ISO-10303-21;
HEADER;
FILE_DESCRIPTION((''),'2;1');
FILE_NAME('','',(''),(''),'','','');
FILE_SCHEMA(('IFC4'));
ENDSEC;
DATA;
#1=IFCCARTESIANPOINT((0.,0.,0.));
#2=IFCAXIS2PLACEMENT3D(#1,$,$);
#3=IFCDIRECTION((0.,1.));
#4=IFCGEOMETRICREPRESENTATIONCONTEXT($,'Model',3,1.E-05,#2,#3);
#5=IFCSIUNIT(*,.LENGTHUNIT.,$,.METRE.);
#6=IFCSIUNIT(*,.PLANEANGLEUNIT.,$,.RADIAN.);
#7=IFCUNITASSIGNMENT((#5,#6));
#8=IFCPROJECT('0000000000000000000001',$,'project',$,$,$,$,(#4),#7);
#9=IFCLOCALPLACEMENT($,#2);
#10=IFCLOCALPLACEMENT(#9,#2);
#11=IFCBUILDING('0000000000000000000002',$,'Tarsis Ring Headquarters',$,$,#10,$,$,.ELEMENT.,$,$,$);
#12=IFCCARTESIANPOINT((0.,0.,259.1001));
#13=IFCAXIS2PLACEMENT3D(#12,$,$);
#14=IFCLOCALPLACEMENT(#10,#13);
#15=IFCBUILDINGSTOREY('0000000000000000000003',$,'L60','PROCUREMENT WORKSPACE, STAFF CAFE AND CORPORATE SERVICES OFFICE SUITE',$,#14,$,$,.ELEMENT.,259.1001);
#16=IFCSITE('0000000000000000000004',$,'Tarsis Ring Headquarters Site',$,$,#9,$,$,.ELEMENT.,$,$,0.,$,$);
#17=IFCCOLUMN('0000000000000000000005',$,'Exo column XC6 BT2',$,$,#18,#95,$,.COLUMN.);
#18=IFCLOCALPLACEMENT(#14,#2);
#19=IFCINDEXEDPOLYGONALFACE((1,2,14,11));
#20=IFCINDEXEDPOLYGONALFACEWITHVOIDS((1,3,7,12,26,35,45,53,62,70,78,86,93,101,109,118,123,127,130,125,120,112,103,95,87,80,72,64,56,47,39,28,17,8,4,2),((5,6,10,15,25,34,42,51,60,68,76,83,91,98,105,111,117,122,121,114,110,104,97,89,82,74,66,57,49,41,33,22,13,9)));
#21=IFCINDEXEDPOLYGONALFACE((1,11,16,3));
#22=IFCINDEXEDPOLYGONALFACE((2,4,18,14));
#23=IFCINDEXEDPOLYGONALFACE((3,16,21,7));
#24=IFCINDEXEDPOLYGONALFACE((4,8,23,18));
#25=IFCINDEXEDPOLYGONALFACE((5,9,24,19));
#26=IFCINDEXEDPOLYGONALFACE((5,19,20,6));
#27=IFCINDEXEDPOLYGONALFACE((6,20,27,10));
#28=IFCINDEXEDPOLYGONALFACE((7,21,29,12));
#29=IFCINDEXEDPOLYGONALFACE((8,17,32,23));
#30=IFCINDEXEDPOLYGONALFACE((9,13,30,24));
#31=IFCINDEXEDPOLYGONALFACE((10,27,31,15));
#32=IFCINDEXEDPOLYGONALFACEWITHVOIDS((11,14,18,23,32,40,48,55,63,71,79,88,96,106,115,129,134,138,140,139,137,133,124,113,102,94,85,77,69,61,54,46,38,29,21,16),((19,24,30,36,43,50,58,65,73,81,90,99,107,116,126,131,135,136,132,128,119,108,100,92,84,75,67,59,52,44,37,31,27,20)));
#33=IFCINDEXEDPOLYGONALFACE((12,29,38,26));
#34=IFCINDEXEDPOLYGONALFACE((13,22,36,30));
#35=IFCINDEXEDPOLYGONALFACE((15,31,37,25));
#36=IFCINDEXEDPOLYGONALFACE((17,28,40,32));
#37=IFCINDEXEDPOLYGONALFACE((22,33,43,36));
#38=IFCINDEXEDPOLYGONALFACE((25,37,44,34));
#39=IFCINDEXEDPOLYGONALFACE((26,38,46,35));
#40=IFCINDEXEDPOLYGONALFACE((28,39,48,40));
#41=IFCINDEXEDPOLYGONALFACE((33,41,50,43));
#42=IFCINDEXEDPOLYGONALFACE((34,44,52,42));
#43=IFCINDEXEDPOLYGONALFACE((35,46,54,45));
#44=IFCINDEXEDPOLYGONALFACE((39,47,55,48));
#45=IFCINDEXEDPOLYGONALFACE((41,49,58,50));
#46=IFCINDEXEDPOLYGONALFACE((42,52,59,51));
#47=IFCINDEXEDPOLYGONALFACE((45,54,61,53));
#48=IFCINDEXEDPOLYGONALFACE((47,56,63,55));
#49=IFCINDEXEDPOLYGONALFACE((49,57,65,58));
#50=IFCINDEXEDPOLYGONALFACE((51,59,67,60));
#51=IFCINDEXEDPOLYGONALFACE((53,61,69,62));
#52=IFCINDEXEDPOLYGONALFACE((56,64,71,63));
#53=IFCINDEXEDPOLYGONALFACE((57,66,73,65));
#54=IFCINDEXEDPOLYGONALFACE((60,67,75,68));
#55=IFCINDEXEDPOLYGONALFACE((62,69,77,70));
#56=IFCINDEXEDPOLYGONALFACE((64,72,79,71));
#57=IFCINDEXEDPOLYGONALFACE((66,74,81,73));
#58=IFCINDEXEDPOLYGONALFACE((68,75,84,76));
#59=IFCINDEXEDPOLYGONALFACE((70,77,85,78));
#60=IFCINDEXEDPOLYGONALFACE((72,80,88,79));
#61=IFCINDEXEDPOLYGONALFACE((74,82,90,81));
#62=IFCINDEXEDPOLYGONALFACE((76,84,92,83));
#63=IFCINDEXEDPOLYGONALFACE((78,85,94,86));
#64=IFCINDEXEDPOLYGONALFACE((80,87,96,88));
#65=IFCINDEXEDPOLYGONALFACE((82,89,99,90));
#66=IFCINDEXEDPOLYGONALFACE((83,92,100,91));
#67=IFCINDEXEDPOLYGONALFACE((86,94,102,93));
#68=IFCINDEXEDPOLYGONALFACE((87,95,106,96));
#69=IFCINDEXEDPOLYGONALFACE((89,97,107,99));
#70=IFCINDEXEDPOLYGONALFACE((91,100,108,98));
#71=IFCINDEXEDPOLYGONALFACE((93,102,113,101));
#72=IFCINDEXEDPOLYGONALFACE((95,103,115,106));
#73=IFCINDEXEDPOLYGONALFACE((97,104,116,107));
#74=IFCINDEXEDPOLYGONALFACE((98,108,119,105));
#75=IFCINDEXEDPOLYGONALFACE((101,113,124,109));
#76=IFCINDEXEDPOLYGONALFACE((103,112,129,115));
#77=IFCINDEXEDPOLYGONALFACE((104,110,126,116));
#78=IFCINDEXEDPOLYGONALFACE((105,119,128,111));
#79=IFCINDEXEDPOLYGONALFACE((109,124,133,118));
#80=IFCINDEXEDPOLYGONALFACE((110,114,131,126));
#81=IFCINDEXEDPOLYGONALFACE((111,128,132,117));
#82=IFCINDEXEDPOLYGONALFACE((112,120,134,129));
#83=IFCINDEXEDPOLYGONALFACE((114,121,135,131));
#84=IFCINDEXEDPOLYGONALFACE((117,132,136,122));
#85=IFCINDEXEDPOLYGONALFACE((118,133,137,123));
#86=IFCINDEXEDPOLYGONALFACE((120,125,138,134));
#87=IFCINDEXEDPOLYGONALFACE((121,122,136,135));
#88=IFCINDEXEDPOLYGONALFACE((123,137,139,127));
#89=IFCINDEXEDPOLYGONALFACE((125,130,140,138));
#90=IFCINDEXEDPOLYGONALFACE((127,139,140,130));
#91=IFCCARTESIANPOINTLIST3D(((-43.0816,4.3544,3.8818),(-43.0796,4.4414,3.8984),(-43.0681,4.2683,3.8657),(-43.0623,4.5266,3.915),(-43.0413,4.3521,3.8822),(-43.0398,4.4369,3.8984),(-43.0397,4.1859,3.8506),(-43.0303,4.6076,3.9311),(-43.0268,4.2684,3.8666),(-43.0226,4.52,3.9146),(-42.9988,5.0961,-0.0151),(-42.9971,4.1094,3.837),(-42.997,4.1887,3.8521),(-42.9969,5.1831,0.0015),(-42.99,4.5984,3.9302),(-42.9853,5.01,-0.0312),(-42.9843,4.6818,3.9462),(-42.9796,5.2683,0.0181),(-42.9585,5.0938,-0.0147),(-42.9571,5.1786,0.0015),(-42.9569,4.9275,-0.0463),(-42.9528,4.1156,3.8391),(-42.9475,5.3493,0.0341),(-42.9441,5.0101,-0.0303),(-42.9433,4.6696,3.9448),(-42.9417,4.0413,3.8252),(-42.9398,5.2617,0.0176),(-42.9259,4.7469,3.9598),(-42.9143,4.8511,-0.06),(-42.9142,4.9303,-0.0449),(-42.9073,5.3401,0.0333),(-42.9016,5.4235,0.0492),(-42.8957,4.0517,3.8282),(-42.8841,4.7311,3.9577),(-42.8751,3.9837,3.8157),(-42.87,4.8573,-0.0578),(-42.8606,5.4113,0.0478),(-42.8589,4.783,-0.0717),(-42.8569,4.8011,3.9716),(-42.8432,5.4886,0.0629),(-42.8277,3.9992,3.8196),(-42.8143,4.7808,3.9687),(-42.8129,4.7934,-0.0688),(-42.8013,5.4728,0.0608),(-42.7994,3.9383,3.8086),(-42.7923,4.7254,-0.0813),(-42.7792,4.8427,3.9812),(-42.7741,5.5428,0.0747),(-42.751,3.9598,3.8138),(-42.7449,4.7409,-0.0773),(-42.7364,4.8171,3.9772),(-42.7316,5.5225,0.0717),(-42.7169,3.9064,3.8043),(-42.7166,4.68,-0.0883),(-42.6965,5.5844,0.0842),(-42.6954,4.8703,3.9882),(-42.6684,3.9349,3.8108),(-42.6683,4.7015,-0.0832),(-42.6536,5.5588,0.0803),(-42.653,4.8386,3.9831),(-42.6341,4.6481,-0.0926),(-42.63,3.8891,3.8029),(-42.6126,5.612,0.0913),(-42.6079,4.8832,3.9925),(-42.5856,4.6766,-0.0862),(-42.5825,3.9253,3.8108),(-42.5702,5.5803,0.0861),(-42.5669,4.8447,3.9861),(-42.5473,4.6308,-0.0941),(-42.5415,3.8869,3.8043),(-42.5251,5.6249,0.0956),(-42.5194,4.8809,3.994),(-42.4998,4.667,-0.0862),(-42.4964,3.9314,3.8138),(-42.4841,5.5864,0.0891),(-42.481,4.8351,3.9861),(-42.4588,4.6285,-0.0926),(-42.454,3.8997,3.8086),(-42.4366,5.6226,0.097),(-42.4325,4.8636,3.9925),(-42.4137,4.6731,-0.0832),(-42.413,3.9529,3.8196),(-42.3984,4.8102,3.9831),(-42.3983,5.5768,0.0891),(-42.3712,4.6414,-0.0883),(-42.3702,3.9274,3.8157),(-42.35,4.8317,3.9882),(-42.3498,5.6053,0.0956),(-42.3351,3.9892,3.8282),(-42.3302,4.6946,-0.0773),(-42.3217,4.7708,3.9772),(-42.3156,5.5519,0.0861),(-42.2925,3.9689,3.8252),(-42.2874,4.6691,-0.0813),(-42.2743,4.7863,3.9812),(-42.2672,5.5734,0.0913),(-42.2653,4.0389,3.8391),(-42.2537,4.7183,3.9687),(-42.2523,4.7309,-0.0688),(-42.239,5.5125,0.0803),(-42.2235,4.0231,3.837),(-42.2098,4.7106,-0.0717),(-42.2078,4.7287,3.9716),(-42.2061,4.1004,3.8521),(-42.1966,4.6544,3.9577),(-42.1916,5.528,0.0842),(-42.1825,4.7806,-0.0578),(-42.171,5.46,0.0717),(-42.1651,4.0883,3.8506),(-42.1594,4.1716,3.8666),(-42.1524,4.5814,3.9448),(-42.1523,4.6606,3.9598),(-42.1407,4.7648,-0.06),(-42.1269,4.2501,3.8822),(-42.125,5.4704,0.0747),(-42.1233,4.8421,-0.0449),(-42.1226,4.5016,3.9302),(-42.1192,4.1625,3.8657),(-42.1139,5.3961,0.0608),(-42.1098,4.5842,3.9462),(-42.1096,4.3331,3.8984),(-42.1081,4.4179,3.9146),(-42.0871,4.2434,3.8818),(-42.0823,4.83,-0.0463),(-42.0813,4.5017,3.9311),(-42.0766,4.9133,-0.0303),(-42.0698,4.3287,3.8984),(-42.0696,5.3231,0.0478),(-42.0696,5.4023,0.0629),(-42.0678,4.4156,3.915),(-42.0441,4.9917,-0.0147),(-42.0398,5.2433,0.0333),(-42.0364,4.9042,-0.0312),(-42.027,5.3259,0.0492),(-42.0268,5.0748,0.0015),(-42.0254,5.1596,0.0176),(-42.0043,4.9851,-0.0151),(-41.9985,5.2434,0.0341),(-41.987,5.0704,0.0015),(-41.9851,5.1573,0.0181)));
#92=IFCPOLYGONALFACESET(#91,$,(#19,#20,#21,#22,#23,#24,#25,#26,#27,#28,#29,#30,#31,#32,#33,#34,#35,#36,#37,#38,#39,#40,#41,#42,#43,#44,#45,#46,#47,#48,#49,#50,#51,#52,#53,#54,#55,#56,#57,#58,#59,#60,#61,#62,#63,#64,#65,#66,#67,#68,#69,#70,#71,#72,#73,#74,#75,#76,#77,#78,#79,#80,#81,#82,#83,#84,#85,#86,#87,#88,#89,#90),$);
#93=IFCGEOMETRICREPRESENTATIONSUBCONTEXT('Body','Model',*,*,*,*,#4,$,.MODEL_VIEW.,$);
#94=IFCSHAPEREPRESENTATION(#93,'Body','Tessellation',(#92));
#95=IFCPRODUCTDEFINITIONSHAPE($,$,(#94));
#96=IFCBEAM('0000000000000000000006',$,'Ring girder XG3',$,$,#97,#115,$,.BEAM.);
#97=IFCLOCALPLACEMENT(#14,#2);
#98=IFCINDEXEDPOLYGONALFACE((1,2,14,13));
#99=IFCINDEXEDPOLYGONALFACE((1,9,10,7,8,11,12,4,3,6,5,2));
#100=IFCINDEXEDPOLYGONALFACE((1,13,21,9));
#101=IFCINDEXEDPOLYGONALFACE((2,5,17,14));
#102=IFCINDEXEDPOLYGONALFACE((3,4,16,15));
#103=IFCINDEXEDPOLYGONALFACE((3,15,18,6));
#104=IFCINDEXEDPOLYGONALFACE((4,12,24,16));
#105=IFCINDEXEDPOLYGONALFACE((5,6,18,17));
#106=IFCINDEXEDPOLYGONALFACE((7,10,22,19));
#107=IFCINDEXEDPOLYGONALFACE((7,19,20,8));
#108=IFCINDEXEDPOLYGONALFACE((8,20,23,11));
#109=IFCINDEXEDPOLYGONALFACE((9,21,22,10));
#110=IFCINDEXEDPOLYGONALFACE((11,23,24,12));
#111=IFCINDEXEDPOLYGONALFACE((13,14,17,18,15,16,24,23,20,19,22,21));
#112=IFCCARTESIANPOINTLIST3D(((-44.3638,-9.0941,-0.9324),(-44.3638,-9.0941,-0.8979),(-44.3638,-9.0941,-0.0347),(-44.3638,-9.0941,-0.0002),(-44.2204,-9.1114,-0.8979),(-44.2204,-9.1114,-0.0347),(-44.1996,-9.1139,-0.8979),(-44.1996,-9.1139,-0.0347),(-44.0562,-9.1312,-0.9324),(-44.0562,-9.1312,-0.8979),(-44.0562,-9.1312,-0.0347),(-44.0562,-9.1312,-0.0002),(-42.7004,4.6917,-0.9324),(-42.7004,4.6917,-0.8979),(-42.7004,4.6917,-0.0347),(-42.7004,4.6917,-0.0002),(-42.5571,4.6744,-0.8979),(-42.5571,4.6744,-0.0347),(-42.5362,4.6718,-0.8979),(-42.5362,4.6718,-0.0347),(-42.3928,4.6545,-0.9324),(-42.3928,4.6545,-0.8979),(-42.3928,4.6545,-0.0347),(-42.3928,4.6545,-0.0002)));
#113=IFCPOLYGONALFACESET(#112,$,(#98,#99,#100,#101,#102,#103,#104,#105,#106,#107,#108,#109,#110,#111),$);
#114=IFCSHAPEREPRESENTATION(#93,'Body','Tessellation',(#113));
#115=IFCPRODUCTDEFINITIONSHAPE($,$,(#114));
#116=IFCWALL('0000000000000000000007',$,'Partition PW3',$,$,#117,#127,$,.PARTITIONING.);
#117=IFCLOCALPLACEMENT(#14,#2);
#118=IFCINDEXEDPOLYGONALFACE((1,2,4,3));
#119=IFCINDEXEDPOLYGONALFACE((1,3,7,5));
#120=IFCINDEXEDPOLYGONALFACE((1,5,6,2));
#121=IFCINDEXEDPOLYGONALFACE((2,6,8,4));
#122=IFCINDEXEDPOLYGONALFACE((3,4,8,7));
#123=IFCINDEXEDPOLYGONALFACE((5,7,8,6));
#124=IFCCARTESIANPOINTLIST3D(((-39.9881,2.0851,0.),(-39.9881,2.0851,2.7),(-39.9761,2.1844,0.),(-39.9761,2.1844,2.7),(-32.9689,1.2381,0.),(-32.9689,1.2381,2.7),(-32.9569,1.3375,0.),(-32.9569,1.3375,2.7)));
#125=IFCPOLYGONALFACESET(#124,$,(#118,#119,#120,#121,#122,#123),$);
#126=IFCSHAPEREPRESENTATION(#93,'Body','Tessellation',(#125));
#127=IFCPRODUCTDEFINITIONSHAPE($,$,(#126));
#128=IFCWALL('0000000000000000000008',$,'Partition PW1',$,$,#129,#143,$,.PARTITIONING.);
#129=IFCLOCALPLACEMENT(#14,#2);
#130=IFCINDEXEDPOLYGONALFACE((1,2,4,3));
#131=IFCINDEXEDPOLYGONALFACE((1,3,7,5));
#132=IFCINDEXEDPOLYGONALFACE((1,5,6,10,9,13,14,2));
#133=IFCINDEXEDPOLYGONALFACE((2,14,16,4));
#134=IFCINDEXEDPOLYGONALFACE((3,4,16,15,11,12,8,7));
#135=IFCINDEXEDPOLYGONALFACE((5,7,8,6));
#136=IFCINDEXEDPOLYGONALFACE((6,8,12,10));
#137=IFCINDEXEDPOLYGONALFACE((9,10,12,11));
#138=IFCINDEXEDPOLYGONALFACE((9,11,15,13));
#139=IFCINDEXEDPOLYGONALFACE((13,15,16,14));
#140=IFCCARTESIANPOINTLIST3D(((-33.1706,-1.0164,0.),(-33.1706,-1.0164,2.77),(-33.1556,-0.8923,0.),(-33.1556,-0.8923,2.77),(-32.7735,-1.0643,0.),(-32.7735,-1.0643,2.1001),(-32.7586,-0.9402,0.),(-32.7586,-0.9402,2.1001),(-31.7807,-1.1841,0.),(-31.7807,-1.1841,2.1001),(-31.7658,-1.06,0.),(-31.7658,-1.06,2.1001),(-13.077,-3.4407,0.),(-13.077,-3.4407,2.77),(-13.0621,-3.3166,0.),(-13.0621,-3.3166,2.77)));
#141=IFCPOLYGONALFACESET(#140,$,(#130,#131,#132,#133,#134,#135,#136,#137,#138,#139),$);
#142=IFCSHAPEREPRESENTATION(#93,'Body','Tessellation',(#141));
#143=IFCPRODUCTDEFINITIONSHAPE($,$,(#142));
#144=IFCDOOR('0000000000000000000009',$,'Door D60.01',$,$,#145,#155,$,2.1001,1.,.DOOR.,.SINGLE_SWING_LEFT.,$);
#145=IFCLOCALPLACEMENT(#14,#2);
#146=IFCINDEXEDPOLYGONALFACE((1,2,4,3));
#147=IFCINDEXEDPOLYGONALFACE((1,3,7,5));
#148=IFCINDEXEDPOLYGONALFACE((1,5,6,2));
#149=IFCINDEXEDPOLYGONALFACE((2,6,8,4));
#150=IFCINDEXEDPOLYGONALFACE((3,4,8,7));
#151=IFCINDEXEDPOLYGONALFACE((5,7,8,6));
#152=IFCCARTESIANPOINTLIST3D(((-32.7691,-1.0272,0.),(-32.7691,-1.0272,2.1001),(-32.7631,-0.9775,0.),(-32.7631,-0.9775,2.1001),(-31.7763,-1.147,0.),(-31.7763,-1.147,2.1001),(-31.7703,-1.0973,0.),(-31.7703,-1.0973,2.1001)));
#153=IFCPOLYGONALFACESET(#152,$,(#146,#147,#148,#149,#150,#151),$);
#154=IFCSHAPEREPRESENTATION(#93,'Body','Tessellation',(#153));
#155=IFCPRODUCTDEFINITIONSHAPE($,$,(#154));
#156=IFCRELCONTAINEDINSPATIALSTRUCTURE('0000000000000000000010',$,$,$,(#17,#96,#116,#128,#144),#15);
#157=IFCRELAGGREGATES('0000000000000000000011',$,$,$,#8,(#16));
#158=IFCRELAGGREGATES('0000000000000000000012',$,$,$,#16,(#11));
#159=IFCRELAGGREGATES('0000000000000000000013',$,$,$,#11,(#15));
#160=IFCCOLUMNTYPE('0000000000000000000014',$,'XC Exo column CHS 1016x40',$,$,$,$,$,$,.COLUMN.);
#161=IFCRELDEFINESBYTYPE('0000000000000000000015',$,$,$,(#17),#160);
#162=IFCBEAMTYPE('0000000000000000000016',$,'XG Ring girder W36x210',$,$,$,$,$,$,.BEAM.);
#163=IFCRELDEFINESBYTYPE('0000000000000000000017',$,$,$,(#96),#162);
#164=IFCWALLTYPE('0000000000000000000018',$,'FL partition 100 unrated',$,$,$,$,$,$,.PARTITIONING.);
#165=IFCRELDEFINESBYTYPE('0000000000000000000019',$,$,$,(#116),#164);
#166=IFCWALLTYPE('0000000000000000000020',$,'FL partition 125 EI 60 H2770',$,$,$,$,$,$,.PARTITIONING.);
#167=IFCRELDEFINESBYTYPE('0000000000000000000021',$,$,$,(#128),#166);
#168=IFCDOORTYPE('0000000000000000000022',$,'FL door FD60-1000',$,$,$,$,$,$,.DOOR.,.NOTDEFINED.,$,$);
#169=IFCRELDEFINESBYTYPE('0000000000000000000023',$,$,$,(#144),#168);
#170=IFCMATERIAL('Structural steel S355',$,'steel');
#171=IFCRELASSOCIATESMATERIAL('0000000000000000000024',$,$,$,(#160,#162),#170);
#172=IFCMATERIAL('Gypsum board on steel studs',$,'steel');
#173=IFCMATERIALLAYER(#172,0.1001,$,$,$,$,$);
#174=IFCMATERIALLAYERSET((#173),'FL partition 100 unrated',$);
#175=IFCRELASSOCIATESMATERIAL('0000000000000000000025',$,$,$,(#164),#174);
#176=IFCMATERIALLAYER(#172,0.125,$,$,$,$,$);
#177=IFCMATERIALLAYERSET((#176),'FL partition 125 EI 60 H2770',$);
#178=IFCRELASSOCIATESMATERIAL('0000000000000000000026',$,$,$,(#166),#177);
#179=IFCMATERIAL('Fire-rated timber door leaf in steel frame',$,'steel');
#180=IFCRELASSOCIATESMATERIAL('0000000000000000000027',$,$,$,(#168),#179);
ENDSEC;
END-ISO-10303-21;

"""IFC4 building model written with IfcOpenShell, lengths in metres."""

from ifc_helpers import new_model, si_unit, direction, frame, frame_2d, origin, origin_2d, place, context, subcontext, project, spatial, rectangle, hollow_circle, i_section, extrude, material, layer, layer_set, material_profile, profile_set, type_object, element, fill, save


model = new_model("IFC4")

# Units and contexts
model_context = context("Model", 3, precision=1e-05, world=origin(), true_north=direction((0.0, 1.0)))
body_context = subcontext(model_context, "Body", "Model", "MODEL_VIEW")
ifc_project = project(units=[si_unit("LENGTHUNIT", "METRE"), si_unit("PLANEANGLEUNIT", "RADIAN")], contexts=[model_context])

# Site, building, storey
site_placement = place(None, origin())
site = spatial("IfcSite", under=ifc_project, at=site_placement, Name="Tarsis Ring Headquarters Site", CompositionType="ELEMENT", RefElevation=0.0)
building_placement = place(site_placement, origin())
building = spatial("IfcBuilding", under=site, at=building_placement, Name="Tarsis Ring Headquarters", CompositionType="ELEMENT")
storey_placement = place(building_placement, frame((0.0, 0.0, 259.1001)))
storey = spatial("IfcBuildingStorey", under=building, at=storey_placement, Name="L60", Description="PROCUREMENT WORKSPACE, STAFF CAFE AND CORPORATE SERVICES OFFICE SUITE", CompositionType="ELEMENT", Elevation=259.1001)

# Column
ifc_material_1 = material(Name="Structural steel S355", Category="steel")
ifc_material_profile_1 = material_profile(ifc_material_1, hollow_circle(Radius=0.5081, WallThickness=0.04, at=origin_2d()), Name="CHS 1016x40")
ifc_profile_set_1 = profile_set([ifc_material_profile_1], Name="Structural steel S355")
column_type = type_object("IfcColumnType", Name="XC Exo column CHS 1016x40", PredefinedType="COLUMN", material=ifc_profile_set_1)
column_placement = place(storey_placement, frame((-42.4919, 5.1267, 0.0015), z_axis=(-0.020859, -0.18693, 0.982152), x_axis=(0.993832, -0.110898, 0.0)))
element("IfcColumn", 1, at=column_placement, inside=storey, type_object=column_type, Name="Exo column XC6 BT2", PredefinedType="COLUMN", context=body_context, shape_type="SweptSolid", body=[
    extrude(hollow_circle(Radius=0.5081, WallThickness=0.04, at=origin_2d()), origin(), (0.0, 0.0, 1.0), 3.9678),
])

# Beam
ifc_material_profile_2 = material_profile(ifc_material_1, i_section(OverallWidth=0.3098, OverallDepth=0.9321, WebThickness=0.021, FlangeThickness=0.0344, at=origin_2d()), Name="W36x210")
ifc_profile_set_2 = profile_set([ifc_material_profile_2], Name="Structural steel S355")
beam_type = type_object("IfcBeamType", Name="XG Ring girder W36x210", PredefinedType="BEAM", material=ifc_profile_set_2)
beam_placement = place(storey_placement, frame((-42.5466, 4.6731, -0.4663), z_axis=(-0.119788, -0.9928, 0.0), x_axis=(0.9928, -0.119788, 0.0)))
element("IfcBeam", 2, at=beam_placement, inside=storey, type_object=beam_type, Name="Ring girder XG3", PredefinedType="BEAM", context=body_context, shape_type="SweptSolid", body=[
    extrude(i_section(OverallWidth=0.3098, OverallDepth=0.9321, WebThickness=0.021, FlangeThickness=0.0344, at=origin_2d()), origin(), (0.0, 0.0, 1.0), 13.8857),
])

# Wall
ifc_material_2 = material(Name="Gypsum board on steel studs", Category="steel")
ifc_layer_1 = layer(ifc_material_2, 0.1001)
ifc_layer_set_1 = layer_set([ifc_layer_1], Name="FL partition 100 unrated")
wall_type_1 = type_object("IfcWallType", Name="FL partition 100 unrated", PredefinedType="PARTITIONING", material=ifc_layer_set_1)
wall_1_placement = place(storey_placement, frame((-39.9822, 2.1348, 0.0), z_axis=(0.0, 0.0, 1.0), x_axis=(0.992799, -0.119792, 0.0)))
element("IfcWall", 3, at=wall_1_placement, inside=storey, type_object=wall_type_1, Name="Partition PW3", PredefinedType="PARTITIONING", context=body_context, shape_type="SweptSolid", body=[
    extrude(rectangle(XDim=7.0701, YDim=0.1001, at=frame_2d((3.5352, 0.0))), origin(), (0.0, 0.0, 1.0), 2.7),
])

# Wall, opening, door
ifc_layer_2 = layer(ifc_material_2, 0.125)
ifc_layer_set_2 = layer_set([ifc_layer_2], Name="FL partition 125 EI 60 H2770")
wall_type_2 = type_object("IfcWallType", Name="FL partition 125 EI 60 H2770", PredefinedType="PARTITIONING", material=ifc_layer_set_2)
wall_2_placement = place(storey_placement, frame((-33.1631, -0.9543, 0.0), z_axis=(0.0, 0.0, 1.0), x_axis=(0.9928, -0.119783, 0.0)))
wall_2 = element("IfcWall", 4, at=wall_2_placement, inside=storey, type_object=wall_type_2, Name="Partition PW1", PredefinedType="PARTITIONING", context=body_context, shape_type="SweptSolid", body=[
    extrude(rectangle(XDim=20.2393, YDim=0.125, at=frame_2d((10.1196, 0.0))), origin(), (0.0, 0.0, 1.0), 2.77),
])
opening_1_placement = place(wall_2_placement, frame((0.3999, 0.0, 0.0)))
opening_1 = element("IfcOpeningElement", 5, at=opening_1_placement, cuts=wall_2, PredefinedType="OPENING", context=body_context, shape_type="SweptSolid", body=[
    extrude(rectangle(XDim=1.0, YDim=2.1001, at=frame_2d((0.5, 1.05))), frame((0.0, 0.0725, 0.0), z_axis=(0.0, -1.0, 0.0), x_axis=(1.0, 0.0, 0.0)), (0.0, 0.0, 1.0), 0.145),
])
ifc_material_3 = material(Name="Fire-rated timber door leaf in steel frame", Category="steel")
door_type_1 = type_object("IfcDoorType", Name="FL door FD60-1000", OperationType="NOTDEFINED", PredefinedType="DOOR", material=ifc_material_3)
door_1_placement = place(opening_1_placement, origin())
door_1 = element("IfcDoor", 6, at=door_1_placement, inside=storey, type_object=door_type_1, Name="Door D60.01", OperationType="SINGLE_SWING_LEFT", OverallHeight=2.1001, OverallWidth=1.0, PredefinedType="DOOR", context=body_context, shape_type="SweptSolid", body=[
    extrude(rectangle(XDim=1.0, YDim=2.1001, at=frame_2d((0.5, 1.05))), frame((0.0, 0.0249, 0.0), z_axis=(0.0, -1.0, 0.0), x_axis=(1.0, 0.0, 0.0)), (0.0, 0.0, 1.0), 0.05),
])
fill(opening_1, door_1)

save(model, "model.ifc")
